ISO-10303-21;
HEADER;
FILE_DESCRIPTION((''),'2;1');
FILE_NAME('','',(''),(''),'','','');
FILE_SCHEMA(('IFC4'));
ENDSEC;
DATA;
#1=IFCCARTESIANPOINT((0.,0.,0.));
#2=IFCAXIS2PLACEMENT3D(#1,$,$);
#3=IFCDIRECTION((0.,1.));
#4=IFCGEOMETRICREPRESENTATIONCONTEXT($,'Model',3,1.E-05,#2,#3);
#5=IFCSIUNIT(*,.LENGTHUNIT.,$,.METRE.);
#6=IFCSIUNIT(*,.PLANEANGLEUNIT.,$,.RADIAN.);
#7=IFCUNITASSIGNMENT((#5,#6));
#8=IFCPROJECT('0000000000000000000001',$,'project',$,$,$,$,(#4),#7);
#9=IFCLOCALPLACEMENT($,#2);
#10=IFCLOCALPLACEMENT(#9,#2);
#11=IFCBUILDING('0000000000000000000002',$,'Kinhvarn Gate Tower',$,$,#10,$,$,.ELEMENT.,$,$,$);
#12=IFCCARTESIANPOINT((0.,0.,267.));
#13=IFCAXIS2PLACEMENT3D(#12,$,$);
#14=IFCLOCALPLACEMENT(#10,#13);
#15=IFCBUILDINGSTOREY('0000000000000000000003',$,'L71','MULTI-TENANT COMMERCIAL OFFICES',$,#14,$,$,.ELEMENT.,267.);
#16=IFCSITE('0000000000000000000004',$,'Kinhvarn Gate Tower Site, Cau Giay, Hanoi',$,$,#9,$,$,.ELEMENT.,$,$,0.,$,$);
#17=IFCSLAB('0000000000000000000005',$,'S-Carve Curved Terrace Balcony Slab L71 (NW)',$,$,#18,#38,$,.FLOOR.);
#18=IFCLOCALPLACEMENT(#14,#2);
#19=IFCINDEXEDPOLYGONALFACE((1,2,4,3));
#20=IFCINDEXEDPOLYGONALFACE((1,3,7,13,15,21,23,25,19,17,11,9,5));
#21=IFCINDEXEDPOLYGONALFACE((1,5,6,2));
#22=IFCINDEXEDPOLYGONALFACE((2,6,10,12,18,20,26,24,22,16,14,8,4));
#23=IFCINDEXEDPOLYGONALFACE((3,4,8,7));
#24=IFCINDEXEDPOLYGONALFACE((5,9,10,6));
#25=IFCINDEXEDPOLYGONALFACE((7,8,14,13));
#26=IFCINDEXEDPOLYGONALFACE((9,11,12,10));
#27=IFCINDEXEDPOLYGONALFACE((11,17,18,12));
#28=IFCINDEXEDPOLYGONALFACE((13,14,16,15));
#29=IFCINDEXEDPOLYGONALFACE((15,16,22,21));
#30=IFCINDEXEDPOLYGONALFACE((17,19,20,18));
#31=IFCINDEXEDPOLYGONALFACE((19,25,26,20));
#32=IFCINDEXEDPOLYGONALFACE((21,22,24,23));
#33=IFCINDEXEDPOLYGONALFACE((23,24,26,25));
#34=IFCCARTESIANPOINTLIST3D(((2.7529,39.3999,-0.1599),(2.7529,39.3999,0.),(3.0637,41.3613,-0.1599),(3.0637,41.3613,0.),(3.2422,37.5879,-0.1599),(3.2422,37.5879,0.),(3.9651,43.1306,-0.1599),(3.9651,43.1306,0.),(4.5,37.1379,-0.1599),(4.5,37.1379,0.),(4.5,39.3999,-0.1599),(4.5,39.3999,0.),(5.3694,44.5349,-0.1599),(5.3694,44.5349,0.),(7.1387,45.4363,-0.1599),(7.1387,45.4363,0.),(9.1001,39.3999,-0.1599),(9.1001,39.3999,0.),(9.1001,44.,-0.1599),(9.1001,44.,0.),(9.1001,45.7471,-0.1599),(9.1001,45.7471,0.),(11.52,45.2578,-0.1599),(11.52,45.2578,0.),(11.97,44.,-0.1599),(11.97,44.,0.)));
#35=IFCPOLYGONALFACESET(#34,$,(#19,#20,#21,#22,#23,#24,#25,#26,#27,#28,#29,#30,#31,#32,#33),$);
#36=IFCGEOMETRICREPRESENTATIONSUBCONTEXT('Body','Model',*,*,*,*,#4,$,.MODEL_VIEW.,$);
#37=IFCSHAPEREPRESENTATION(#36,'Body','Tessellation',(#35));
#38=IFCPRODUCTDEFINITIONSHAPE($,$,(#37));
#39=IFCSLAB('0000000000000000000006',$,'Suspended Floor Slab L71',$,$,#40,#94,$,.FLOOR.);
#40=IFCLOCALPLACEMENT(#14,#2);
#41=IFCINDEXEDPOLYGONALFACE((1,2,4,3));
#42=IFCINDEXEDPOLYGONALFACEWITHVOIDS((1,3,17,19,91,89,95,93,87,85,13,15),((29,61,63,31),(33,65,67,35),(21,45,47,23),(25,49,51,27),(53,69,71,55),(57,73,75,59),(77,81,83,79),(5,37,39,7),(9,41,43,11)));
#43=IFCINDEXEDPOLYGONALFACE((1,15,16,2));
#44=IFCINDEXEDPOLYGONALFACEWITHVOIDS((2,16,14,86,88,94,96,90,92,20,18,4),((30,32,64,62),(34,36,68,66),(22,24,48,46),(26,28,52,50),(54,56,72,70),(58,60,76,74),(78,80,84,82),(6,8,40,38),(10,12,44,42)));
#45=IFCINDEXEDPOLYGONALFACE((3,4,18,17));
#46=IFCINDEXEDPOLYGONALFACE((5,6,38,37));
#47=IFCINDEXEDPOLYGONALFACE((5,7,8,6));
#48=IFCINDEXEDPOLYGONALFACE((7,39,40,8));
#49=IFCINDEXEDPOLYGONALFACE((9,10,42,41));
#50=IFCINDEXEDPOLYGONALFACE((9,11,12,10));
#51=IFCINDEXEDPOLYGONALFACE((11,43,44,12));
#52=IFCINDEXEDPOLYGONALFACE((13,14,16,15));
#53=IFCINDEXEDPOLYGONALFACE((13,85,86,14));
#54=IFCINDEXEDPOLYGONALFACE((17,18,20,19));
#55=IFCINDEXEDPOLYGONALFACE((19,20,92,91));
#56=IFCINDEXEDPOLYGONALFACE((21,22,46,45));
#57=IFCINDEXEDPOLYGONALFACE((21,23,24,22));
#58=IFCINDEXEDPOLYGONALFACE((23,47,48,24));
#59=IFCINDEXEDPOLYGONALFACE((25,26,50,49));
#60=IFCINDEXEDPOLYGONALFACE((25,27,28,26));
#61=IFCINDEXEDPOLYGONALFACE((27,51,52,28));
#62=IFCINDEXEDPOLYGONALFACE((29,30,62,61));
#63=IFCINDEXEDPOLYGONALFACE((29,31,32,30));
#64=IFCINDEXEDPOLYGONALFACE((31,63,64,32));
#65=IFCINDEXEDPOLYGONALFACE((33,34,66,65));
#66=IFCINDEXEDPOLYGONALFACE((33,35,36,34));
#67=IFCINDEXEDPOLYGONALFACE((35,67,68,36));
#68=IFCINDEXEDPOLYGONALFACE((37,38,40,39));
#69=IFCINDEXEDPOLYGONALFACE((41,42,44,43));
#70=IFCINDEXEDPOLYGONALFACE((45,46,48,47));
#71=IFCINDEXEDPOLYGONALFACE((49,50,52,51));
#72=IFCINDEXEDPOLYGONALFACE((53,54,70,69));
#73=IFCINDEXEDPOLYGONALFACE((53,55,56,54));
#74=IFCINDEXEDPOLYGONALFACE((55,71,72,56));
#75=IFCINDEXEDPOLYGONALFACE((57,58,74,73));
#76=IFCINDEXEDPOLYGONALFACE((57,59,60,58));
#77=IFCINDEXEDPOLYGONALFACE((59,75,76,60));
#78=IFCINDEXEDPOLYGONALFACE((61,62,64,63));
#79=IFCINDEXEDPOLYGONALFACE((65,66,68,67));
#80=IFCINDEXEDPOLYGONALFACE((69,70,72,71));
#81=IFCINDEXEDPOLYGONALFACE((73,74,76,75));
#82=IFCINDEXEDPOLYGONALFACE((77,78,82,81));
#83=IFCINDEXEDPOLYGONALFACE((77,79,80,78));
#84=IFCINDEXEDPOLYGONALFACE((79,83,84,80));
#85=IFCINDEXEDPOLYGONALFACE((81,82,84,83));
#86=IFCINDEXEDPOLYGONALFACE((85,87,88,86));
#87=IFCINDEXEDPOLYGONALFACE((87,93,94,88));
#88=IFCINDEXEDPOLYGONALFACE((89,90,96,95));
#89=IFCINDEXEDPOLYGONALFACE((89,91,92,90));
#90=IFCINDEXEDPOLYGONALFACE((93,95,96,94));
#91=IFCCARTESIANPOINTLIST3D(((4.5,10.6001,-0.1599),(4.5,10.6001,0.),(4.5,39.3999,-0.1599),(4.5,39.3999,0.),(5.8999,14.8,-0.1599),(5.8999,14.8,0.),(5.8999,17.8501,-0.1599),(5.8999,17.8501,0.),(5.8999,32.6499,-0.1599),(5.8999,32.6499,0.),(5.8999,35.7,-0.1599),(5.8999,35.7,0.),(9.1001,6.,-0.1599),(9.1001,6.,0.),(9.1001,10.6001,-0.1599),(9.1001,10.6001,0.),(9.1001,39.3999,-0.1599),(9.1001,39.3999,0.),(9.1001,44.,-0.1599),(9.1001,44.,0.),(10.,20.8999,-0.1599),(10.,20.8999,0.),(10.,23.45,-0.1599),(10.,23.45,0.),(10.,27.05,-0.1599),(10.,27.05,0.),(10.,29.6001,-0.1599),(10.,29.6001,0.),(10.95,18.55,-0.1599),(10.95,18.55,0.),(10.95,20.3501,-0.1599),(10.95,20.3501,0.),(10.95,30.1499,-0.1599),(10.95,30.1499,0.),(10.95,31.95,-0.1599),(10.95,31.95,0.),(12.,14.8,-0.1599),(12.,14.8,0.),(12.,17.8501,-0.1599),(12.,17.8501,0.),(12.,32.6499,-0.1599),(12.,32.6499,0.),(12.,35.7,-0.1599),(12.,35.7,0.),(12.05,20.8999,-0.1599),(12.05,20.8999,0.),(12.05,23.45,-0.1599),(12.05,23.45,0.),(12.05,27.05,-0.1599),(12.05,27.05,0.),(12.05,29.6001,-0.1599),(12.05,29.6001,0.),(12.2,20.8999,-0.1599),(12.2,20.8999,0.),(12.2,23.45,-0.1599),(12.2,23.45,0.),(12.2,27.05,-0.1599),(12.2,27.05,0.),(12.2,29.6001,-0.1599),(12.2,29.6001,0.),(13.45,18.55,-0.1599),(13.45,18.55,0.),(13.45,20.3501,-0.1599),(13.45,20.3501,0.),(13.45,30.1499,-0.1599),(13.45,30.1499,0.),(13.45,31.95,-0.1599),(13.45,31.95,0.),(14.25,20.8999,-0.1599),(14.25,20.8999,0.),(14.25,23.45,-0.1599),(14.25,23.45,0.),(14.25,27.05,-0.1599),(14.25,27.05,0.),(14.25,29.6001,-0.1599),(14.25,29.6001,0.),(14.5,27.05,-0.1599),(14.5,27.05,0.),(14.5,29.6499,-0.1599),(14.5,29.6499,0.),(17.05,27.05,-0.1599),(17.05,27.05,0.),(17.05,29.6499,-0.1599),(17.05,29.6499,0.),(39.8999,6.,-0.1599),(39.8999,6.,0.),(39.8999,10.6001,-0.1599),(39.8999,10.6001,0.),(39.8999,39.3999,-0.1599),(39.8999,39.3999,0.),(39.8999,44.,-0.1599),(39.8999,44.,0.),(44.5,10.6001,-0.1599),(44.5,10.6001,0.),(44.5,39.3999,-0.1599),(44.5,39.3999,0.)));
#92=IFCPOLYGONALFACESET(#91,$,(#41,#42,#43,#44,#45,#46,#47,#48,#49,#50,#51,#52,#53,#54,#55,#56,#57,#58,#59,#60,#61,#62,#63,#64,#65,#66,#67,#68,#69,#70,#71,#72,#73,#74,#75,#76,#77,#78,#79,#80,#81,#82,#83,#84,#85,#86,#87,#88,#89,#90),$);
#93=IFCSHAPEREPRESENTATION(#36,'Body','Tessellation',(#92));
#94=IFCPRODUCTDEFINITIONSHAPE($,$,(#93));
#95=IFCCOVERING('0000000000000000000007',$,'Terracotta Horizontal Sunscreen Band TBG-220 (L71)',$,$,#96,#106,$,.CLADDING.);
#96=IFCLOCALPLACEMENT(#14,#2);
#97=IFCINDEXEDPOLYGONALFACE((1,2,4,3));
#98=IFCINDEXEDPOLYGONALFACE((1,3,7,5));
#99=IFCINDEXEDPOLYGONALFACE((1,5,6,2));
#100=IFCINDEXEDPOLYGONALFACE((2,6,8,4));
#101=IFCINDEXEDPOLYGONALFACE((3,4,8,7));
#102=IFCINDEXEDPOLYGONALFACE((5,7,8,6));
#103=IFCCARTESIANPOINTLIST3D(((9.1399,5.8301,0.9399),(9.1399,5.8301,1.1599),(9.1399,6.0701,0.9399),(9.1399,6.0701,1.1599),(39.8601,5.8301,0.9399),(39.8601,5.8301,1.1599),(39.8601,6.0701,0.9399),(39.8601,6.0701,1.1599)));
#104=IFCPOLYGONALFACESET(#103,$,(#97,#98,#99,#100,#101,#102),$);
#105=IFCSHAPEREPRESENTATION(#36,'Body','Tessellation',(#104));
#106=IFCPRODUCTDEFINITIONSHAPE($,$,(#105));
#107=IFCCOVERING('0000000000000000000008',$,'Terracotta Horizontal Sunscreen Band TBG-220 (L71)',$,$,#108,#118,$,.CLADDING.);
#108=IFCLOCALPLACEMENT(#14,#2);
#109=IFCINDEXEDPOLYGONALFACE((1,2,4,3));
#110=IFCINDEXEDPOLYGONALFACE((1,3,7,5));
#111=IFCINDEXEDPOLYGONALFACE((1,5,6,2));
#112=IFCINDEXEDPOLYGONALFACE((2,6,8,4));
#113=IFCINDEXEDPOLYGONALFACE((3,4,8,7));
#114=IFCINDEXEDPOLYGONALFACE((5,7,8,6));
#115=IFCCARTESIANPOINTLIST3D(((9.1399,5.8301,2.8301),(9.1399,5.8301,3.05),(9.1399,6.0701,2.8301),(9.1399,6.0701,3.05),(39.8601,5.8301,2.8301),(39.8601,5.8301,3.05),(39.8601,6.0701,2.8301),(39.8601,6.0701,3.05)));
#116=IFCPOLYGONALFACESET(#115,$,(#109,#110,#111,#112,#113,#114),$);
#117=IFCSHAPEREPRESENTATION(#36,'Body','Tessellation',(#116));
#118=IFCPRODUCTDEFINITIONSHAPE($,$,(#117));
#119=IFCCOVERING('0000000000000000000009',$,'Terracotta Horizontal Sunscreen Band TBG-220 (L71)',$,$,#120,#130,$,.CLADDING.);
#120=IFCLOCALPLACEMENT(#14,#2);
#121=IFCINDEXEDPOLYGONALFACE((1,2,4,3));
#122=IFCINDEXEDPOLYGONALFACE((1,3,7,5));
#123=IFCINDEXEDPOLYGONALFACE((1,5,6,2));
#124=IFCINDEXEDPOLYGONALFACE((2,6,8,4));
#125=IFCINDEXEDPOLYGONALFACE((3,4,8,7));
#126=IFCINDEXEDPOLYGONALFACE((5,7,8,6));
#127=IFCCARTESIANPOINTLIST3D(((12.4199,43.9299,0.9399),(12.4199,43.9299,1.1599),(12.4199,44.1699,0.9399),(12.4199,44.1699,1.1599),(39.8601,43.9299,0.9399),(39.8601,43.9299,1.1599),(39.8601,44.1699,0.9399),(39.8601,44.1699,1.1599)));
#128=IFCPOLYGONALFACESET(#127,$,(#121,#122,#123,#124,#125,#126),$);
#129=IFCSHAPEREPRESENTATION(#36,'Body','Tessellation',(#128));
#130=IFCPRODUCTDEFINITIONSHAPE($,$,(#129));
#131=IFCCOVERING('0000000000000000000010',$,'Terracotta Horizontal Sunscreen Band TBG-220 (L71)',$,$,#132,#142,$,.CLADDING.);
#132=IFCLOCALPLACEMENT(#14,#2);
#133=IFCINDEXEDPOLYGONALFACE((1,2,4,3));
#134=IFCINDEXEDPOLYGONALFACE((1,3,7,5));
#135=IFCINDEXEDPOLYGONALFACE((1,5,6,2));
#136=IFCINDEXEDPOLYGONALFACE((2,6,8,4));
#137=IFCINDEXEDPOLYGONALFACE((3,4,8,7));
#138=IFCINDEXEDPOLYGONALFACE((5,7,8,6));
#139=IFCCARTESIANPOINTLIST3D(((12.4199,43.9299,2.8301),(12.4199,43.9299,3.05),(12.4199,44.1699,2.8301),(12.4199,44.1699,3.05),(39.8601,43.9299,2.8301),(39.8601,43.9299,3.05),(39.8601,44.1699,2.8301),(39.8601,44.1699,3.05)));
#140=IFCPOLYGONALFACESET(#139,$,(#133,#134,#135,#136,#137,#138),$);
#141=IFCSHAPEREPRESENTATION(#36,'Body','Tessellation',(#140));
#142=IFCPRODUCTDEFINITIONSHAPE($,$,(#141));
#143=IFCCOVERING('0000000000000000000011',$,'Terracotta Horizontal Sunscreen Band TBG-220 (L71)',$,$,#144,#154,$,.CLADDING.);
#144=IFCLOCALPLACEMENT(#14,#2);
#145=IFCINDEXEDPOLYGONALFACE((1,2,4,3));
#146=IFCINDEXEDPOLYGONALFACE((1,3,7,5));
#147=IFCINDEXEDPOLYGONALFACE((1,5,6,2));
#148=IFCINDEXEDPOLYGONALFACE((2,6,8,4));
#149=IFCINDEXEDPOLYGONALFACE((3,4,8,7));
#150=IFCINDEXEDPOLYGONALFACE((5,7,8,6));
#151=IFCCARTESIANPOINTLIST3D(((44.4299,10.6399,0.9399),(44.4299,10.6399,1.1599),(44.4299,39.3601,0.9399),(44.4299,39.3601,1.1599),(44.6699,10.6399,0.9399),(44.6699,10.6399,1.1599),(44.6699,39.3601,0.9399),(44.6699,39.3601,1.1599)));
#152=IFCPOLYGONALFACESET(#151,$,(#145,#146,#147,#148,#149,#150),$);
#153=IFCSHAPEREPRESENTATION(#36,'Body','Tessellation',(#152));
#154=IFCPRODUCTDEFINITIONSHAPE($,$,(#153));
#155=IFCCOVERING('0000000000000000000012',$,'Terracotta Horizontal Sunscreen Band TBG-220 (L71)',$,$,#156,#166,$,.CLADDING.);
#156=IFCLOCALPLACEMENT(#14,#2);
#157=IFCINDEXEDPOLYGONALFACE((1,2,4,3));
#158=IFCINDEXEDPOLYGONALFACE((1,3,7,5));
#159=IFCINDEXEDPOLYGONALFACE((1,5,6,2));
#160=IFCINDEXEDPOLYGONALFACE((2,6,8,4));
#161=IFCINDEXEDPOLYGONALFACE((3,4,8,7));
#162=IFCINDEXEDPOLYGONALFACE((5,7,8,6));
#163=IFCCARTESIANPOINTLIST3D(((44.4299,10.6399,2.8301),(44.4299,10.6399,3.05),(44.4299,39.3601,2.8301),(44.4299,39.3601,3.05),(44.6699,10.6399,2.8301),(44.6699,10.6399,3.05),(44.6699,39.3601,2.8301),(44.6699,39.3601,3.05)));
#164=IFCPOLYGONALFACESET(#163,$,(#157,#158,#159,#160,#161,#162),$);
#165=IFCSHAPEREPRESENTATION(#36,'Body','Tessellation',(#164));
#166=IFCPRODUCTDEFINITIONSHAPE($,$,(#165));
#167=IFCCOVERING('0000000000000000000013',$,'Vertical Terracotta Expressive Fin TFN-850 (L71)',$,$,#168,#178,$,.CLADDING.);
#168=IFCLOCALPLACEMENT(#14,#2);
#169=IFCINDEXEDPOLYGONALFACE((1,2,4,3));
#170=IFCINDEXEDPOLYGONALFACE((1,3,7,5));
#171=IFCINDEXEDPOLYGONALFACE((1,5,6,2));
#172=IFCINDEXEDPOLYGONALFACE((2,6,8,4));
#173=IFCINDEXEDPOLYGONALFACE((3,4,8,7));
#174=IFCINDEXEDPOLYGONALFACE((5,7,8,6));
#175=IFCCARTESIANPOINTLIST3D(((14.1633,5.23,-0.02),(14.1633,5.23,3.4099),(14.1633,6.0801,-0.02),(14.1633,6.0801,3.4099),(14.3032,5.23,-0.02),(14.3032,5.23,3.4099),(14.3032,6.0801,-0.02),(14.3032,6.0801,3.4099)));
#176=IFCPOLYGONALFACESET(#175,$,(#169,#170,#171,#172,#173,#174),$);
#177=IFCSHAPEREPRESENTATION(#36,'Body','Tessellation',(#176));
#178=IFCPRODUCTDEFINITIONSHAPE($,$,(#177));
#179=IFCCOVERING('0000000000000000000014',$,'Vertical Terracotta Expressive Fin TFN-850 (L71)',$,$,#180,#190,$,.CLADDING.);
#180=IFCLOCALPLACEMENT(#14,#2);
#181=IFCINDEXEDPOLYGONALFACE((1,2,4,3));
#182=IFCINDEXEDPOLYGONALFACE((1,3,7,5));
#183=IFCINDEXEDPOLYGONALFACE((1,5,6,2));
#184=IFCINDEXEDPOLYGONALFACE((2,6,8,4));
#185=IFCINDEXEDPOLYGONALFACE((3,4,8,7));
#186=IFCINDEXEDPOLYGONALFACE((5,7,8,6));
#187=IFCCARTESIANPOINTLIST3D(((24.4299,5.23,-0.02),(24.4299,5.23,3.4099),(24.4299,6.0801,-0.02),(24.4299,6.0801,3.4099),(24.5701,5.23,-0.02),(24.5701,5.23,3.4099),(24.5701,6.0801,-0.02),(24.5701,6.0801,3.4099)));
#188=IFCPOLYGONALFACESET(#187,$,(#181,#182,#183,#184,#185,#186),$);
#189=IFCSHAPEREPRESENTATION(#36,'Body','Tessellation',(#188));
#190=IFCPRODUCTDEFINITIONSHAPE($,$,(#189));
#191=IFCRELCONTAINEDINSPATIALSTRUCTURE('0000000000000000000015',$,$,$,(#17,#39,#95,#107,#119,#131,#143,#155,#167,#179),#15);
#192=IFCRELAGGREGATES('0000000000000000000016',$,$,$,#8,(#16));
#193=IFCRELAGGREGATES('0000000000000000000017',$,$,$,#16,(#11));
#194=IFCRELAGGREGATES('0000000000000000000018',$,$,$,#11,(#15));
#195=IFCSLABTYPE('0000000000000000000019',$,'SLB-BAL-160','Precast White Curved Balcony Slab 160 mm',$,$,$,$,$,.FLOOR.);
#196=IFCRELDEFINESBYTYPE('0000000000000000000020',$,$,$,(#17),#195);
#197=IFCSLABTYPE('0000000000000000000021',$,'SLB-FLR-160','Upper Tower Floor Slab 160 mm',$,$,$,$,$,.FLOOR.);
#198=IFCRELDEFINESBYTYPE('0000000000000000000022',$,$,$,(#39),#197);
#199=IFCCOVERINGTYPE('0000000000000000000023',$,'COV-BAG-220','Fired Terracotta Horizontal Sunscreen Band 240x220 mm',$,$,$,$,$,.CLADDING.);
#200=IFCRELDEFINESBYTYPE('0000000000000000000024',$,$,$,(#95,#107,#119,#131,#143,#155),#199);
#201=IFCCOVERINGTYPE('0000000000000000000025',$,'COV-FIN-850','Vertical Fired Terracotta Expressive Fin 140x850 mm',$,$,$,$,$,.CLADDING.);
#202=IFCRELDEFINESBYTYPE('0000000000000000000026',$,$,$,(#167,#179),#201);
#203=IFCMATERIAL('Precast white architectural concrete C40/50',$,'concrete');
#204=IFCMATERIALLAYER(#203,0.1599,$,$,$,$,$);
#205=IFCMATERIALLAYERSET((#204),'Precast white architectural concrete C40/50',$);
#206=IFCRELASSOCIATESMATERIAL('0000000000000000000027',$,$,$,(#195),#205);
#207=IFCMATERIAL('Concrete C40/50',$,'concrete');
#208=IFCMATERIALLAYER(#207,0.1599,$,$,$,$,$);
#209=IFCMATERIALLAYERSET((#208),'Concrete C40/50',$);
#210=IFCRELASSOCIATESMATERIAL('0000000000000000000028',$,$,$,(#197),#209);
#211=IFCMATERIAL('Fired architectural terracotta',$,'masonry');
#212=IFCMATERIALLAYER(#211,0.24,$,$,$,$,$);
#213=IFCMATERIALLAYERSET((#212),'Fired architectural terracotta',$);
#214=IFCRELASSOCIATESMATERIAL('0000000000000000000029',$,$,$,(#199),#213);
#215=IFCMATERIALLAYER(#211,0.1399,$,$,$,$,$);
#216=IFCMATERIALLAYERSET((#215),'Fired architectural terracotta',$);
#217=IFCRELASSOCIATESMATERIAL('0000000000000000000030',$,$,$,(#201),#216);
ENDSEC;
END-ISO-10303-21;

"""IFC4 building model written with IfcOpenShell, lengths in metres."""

from ifc_helpers import new_model, si_unit, direction, frame, origin, place, context, subcontext, project, spatial, polyline, outline, extrude, material, layer, layer_set, type_object, element, save


model = new_model("IFC4")

# Units and contexts
model_context = context("Model", 3, precision=1e-05, world=origin(), true_north=direction((0.0, 1.0)))
body_context = subcontext(model_context, "Body", "Model", "MODEL_VIEW")
ifc_project = project(units=[si_unit("LENGTHUNIT", "METRE"), si_unit("PLANEANGLEUNIT", "RADIAN")], contexts=[model_context])

# Site, building, storey
site_placement = place(None, origin())
site = spatial("IfcSite", under=ifc_project, at=site_placement, Name="Kinhvarn Gate Tower Site, Cau Giay, Hanoi", CompositionType="ELEMENT", RefElevation=0.0)
building_placement = place(site_placement, origin())
building = spatial("IfcBuilding", under=site, at=building_placement, Name="Kinhvarn Gate Tower", CompositionType="ELEMENT")
storey_placement = place(building_placement, frame((0.0, 0.0, 267.0)))
storey = spatial("IfcBuildingStorey", under=building, at=storey_placement, Name="L71", Description="MULTI-TENANT COMMERCIAL OFFICES", CompositionType="ELEMENT", Elevation=267.0)

# Slabs
ifc_material_1 = material(Name="Precast white architectural concrete C40/50", Category="concrete")
ifc_layer_1 = layer(ifc_material_1, 0.1599)
ifc_layer_set_1 = layer_set([ifc_layer_1], Name="Precast white architectural concrete C40/50")
slab_type_1 = type_object("IfcSlabType", Name="SLB-BAL-160", Description="Precast White Curved Balcony Slab 160 mm", PredefinedType="FLOOR", material=ifc_layer_set_1)
slab_1_placement = place(storey_placement, frame((0.0, 0.0, -0.1599)))
element("IfcSlab", 1, at=slab_1_placement, inside=storey, type_object=slab_type_1, Name="S-Carve Curved Terrace Balcony Slab L71 (NW)", PredefinedType="FLOOR", context=body_context, shape_type="SweptSolid", body=[
    extrude(outline(polyline([(11.97, 44.0), (11.52, 45.2578), (9.1001, 45.7471), (7.1387, 45.4363), (5.3694, 44.5349), (3.9651, 43.1306), (3.0637, 41.3613), (2.7529, 39.3999), (3.2422, 37.5879), (4.5, 37.1379), (4.5, 39.3999), (9.1001, 39.3999), (9.1001, 44.0), (11.97, 44.0)])), origin(), (0.0, 0.0, 1.0), 0.1599),
])
ifc_material_2 = material(Name="Concrete C40/50", Category="concrete")
ifc_layer_2 = layer(ifc_material_2, 0.1599)
ifc_layer_set_2 = layer_set([ifc_layer_2], Name="Concrete C40/50")
slab_type_2 = type_object("IfcSlabType", Name="SLB-FLR-160", Description="Upper Tower Floor Slab 160 mm", PredefinedType="FLOOR", material=ifc_layer_set_2)
slab_2_placement = place(storey_placement, frame((0.0, 0.0, -0.1599)))
element("IfcSlab", 2, at=slab_2_placement, inside=storey, type_object=slab_type_2, Name="Suspended Floor Slab L71", PredefinedType="FLOOR", context=body_context, shape_type="SweptSolid", body=[
    extrude(outline(polyline([(9.1001, 6.0), (39.8999, 6.0), (39.8999, 10.6001), (44.5, 10.6001), (44.5, 39.3999), (39.8999, 39.3999), (39.8999, 44.0), (9.1001, 44.0), (9.1001, 39.3999), (4.5, 39.3999), (4.5, 10.6001), (9.1001, 10.6001), (9.1001, 6.0)]), holes=[polyline([(5.8999, 14.8), (12.0, 14.8), (12.0, 17.8501), (5.8999, 17.8501), (5.8999, 14.8)]), polyline([(5.8999, 32.6499), (12.0, 32.6499), (12.0, 35.7), (5.8999, 35.7), (5.8999, 32.6499)]), polyline([(10.0, 20.8999), (12.05, 20.8999), (12.05, 23.45), (10.0, 23.45), (10.0, 20.8999)]), polyline([(12.2, 20.8999), (14.25, 20.8999), (14.25, 23.45), (12.2, 23.45), (12.2, 20.8999)]), polyline([(10.0, 27.05), (12.05, 27.05), (12.05, 29.6001), (10.0, 29.6001), (10.0, 27.05)]), polyline([(12.2, 27.05), (14.25, 27.05), (14.25, 29.6001), (12.2, 29.6001), (12.2, 27.05)]), polyline([(14.5, 27.05), (17.05, 27.05), (17.05, 29.6499), (14.5, 29.6499), (14.5, 27.05)]), polyline([(10.95, 18.55), (13.45, 18.55), (13.45, 20.3501), (10.95, 20.3501), (10.95, 18.55)]), polyline([(10.95, 30.1499), (13.45, 30.1499), (13.45, 31.95), (10.95, 31.95), (10.95, 30.1499)])]), origin(), (0.0, 0.0, 1.0), 0.1599),
])

# Coverings
ifc_material_3 = material(Name="Fired architectural terracotta", Category="masonry")
ifc_layer_3 = layer(ifc_material_3, 0.24)
ifc_layer_set_3 = layer_set([ifc_layer_3], Name="Fired architectural terracotta")
covering_type_1 = type_object("IfcCoveringType", Name="COV-BAG-220", Description="Fired Terracotta Horizontal Sunscreen Band 240x220 mm", PredefinedType="CLADDING", material=ifc_layer_set_3)
for number, where, name in (
    (3, (0.0, 0.0, 0.9399), "Terracotta Horizontal Sunscreen Band TBG-220 (L71)"),
    (4, (0.0, 0.0, 2.8301), "Terracotta Horizontal Sunscreen Band TBG-220 (L71)"),
):
    element("IfcCovering", number, at=place(storey_placement, frame(where)), inside=storey, type_object=covering_type_1, Name=name, PredefinedType="CLADDING", context=body_context, shape_type="SweptSolid", body=[
        extrude(outline(polyline([(9.1399, 6.0701), (39.8601, 6.0701), (39.8601, 5.8301), (9.1399, 5.8301), (9.1399, 6.0701)])), origin(), (0.0, 0.0, 1.0), 0.22),
    ])
for number, where, name in (
    (5, (0.0, 0.0, 0.9399), "Terracotta Horizontal Sunscreen Band TBG-220 (L71)"),
    (6, (0.0, 0.0, 2.8301), "Terracotta Horizontal Sunscreen Band TBG-220 (L71)"),
):
    element("IfcCovering", number, at=place(storey_placement, frame(where)), inside=storey, type_object=covering_type_1, Name=name, PredefinedType="CLADDING", context=body_context, shape_type="SweptSolid", body=[
        extrude(outline(polyline([(39.8601, 43.9299), (12.4199, 43.9299), (12.4199, 44.1699), (39.8601, 44.1699), (39.8601, 43.9299)])), origin(), (0.0, 0.0, 1.0), 0.22),
    ])
for number, where, name in (
    (7, (0.0, 0.0, 0.9399), "Terracotta Horizontal Sunscreen Band TBG-220 (L71)"),
    (8, (0.0, 0.0, 2.8301), "Terracotta Horizontal Sunscreen Band TBG-220 (L71)"),
):
    element("IfcCovering", number, at=place(storey_placement, frame(where)), inside=storey, type_object=covering_type_1, Name=name, PredefinedType="CLADDING", context=body_context, shape_type="SweptSolid", body=[
        extrude(outline(polyline([(44.4299, 10.6399), (44.4299, 39.3601), (44.6699, 39.3601), (44.6699, 10.6399), (44.4299, 10.6399)])), origin(), (0.0, 0.0, 1.0), 0.22),
    ])
ifc_layer_4 = layer(ifc_material_3, 0.1399)
ifc_layer_set_4 = layer_set([ifc_layer_4], Name="Fired architectural terracotta")
covering_type_2 = type_object("IfcCoveringType", Name="COV-FIN-850", Description="Vertical Fired Terracotta Expressive Fin 140x850 mm", PredefinedType="CLADDING", material=ifc_layer_set_4)
covering_1_placement = place(storey_placement, frame((0.0, 0.0, -0.02)))
element("IfcCovering", 9, at=covering_1_placement, inside=storey, type_object=covering_type_2, Name="Vertical Terracotta Expressive Fin TFN-850 (L71)", PredefinedType="CLADDING", context=body_context, shape_type="SweptSolid", body=[
    extrude(outline(polyline([(14.1633, 6.0801), (14.3032, 6.0801), (14.3032, 5.23), (14.1633, 5.23), (14.1633, 6.0801)])), origin(), (0.0, 0.0, 1.0), 3.4299),
])
covering_2_placement = place(storey_placement, frame((0.0, 0.0, -0.02)))
element("IfcCovering", 10, at=covering_2_placement, inside=storey, type_object=covering_type_2, Name="Vertical Terracotta Expressive Fin TFN-850 (L71)", PredefinedType="CLADDING", context=body_context, shape_type="SweptSolid", body=[
    extrude(outline(polyline([(24.4299, 6.0801), (24.5701, 6.0801), (24.5701, 5.23), (24.4299, 5.23), (24.4299, 6.0801)])), origin(), (0.0, 0.0, 1.0), 3.4299),
])

save(model, "model.ifc")
